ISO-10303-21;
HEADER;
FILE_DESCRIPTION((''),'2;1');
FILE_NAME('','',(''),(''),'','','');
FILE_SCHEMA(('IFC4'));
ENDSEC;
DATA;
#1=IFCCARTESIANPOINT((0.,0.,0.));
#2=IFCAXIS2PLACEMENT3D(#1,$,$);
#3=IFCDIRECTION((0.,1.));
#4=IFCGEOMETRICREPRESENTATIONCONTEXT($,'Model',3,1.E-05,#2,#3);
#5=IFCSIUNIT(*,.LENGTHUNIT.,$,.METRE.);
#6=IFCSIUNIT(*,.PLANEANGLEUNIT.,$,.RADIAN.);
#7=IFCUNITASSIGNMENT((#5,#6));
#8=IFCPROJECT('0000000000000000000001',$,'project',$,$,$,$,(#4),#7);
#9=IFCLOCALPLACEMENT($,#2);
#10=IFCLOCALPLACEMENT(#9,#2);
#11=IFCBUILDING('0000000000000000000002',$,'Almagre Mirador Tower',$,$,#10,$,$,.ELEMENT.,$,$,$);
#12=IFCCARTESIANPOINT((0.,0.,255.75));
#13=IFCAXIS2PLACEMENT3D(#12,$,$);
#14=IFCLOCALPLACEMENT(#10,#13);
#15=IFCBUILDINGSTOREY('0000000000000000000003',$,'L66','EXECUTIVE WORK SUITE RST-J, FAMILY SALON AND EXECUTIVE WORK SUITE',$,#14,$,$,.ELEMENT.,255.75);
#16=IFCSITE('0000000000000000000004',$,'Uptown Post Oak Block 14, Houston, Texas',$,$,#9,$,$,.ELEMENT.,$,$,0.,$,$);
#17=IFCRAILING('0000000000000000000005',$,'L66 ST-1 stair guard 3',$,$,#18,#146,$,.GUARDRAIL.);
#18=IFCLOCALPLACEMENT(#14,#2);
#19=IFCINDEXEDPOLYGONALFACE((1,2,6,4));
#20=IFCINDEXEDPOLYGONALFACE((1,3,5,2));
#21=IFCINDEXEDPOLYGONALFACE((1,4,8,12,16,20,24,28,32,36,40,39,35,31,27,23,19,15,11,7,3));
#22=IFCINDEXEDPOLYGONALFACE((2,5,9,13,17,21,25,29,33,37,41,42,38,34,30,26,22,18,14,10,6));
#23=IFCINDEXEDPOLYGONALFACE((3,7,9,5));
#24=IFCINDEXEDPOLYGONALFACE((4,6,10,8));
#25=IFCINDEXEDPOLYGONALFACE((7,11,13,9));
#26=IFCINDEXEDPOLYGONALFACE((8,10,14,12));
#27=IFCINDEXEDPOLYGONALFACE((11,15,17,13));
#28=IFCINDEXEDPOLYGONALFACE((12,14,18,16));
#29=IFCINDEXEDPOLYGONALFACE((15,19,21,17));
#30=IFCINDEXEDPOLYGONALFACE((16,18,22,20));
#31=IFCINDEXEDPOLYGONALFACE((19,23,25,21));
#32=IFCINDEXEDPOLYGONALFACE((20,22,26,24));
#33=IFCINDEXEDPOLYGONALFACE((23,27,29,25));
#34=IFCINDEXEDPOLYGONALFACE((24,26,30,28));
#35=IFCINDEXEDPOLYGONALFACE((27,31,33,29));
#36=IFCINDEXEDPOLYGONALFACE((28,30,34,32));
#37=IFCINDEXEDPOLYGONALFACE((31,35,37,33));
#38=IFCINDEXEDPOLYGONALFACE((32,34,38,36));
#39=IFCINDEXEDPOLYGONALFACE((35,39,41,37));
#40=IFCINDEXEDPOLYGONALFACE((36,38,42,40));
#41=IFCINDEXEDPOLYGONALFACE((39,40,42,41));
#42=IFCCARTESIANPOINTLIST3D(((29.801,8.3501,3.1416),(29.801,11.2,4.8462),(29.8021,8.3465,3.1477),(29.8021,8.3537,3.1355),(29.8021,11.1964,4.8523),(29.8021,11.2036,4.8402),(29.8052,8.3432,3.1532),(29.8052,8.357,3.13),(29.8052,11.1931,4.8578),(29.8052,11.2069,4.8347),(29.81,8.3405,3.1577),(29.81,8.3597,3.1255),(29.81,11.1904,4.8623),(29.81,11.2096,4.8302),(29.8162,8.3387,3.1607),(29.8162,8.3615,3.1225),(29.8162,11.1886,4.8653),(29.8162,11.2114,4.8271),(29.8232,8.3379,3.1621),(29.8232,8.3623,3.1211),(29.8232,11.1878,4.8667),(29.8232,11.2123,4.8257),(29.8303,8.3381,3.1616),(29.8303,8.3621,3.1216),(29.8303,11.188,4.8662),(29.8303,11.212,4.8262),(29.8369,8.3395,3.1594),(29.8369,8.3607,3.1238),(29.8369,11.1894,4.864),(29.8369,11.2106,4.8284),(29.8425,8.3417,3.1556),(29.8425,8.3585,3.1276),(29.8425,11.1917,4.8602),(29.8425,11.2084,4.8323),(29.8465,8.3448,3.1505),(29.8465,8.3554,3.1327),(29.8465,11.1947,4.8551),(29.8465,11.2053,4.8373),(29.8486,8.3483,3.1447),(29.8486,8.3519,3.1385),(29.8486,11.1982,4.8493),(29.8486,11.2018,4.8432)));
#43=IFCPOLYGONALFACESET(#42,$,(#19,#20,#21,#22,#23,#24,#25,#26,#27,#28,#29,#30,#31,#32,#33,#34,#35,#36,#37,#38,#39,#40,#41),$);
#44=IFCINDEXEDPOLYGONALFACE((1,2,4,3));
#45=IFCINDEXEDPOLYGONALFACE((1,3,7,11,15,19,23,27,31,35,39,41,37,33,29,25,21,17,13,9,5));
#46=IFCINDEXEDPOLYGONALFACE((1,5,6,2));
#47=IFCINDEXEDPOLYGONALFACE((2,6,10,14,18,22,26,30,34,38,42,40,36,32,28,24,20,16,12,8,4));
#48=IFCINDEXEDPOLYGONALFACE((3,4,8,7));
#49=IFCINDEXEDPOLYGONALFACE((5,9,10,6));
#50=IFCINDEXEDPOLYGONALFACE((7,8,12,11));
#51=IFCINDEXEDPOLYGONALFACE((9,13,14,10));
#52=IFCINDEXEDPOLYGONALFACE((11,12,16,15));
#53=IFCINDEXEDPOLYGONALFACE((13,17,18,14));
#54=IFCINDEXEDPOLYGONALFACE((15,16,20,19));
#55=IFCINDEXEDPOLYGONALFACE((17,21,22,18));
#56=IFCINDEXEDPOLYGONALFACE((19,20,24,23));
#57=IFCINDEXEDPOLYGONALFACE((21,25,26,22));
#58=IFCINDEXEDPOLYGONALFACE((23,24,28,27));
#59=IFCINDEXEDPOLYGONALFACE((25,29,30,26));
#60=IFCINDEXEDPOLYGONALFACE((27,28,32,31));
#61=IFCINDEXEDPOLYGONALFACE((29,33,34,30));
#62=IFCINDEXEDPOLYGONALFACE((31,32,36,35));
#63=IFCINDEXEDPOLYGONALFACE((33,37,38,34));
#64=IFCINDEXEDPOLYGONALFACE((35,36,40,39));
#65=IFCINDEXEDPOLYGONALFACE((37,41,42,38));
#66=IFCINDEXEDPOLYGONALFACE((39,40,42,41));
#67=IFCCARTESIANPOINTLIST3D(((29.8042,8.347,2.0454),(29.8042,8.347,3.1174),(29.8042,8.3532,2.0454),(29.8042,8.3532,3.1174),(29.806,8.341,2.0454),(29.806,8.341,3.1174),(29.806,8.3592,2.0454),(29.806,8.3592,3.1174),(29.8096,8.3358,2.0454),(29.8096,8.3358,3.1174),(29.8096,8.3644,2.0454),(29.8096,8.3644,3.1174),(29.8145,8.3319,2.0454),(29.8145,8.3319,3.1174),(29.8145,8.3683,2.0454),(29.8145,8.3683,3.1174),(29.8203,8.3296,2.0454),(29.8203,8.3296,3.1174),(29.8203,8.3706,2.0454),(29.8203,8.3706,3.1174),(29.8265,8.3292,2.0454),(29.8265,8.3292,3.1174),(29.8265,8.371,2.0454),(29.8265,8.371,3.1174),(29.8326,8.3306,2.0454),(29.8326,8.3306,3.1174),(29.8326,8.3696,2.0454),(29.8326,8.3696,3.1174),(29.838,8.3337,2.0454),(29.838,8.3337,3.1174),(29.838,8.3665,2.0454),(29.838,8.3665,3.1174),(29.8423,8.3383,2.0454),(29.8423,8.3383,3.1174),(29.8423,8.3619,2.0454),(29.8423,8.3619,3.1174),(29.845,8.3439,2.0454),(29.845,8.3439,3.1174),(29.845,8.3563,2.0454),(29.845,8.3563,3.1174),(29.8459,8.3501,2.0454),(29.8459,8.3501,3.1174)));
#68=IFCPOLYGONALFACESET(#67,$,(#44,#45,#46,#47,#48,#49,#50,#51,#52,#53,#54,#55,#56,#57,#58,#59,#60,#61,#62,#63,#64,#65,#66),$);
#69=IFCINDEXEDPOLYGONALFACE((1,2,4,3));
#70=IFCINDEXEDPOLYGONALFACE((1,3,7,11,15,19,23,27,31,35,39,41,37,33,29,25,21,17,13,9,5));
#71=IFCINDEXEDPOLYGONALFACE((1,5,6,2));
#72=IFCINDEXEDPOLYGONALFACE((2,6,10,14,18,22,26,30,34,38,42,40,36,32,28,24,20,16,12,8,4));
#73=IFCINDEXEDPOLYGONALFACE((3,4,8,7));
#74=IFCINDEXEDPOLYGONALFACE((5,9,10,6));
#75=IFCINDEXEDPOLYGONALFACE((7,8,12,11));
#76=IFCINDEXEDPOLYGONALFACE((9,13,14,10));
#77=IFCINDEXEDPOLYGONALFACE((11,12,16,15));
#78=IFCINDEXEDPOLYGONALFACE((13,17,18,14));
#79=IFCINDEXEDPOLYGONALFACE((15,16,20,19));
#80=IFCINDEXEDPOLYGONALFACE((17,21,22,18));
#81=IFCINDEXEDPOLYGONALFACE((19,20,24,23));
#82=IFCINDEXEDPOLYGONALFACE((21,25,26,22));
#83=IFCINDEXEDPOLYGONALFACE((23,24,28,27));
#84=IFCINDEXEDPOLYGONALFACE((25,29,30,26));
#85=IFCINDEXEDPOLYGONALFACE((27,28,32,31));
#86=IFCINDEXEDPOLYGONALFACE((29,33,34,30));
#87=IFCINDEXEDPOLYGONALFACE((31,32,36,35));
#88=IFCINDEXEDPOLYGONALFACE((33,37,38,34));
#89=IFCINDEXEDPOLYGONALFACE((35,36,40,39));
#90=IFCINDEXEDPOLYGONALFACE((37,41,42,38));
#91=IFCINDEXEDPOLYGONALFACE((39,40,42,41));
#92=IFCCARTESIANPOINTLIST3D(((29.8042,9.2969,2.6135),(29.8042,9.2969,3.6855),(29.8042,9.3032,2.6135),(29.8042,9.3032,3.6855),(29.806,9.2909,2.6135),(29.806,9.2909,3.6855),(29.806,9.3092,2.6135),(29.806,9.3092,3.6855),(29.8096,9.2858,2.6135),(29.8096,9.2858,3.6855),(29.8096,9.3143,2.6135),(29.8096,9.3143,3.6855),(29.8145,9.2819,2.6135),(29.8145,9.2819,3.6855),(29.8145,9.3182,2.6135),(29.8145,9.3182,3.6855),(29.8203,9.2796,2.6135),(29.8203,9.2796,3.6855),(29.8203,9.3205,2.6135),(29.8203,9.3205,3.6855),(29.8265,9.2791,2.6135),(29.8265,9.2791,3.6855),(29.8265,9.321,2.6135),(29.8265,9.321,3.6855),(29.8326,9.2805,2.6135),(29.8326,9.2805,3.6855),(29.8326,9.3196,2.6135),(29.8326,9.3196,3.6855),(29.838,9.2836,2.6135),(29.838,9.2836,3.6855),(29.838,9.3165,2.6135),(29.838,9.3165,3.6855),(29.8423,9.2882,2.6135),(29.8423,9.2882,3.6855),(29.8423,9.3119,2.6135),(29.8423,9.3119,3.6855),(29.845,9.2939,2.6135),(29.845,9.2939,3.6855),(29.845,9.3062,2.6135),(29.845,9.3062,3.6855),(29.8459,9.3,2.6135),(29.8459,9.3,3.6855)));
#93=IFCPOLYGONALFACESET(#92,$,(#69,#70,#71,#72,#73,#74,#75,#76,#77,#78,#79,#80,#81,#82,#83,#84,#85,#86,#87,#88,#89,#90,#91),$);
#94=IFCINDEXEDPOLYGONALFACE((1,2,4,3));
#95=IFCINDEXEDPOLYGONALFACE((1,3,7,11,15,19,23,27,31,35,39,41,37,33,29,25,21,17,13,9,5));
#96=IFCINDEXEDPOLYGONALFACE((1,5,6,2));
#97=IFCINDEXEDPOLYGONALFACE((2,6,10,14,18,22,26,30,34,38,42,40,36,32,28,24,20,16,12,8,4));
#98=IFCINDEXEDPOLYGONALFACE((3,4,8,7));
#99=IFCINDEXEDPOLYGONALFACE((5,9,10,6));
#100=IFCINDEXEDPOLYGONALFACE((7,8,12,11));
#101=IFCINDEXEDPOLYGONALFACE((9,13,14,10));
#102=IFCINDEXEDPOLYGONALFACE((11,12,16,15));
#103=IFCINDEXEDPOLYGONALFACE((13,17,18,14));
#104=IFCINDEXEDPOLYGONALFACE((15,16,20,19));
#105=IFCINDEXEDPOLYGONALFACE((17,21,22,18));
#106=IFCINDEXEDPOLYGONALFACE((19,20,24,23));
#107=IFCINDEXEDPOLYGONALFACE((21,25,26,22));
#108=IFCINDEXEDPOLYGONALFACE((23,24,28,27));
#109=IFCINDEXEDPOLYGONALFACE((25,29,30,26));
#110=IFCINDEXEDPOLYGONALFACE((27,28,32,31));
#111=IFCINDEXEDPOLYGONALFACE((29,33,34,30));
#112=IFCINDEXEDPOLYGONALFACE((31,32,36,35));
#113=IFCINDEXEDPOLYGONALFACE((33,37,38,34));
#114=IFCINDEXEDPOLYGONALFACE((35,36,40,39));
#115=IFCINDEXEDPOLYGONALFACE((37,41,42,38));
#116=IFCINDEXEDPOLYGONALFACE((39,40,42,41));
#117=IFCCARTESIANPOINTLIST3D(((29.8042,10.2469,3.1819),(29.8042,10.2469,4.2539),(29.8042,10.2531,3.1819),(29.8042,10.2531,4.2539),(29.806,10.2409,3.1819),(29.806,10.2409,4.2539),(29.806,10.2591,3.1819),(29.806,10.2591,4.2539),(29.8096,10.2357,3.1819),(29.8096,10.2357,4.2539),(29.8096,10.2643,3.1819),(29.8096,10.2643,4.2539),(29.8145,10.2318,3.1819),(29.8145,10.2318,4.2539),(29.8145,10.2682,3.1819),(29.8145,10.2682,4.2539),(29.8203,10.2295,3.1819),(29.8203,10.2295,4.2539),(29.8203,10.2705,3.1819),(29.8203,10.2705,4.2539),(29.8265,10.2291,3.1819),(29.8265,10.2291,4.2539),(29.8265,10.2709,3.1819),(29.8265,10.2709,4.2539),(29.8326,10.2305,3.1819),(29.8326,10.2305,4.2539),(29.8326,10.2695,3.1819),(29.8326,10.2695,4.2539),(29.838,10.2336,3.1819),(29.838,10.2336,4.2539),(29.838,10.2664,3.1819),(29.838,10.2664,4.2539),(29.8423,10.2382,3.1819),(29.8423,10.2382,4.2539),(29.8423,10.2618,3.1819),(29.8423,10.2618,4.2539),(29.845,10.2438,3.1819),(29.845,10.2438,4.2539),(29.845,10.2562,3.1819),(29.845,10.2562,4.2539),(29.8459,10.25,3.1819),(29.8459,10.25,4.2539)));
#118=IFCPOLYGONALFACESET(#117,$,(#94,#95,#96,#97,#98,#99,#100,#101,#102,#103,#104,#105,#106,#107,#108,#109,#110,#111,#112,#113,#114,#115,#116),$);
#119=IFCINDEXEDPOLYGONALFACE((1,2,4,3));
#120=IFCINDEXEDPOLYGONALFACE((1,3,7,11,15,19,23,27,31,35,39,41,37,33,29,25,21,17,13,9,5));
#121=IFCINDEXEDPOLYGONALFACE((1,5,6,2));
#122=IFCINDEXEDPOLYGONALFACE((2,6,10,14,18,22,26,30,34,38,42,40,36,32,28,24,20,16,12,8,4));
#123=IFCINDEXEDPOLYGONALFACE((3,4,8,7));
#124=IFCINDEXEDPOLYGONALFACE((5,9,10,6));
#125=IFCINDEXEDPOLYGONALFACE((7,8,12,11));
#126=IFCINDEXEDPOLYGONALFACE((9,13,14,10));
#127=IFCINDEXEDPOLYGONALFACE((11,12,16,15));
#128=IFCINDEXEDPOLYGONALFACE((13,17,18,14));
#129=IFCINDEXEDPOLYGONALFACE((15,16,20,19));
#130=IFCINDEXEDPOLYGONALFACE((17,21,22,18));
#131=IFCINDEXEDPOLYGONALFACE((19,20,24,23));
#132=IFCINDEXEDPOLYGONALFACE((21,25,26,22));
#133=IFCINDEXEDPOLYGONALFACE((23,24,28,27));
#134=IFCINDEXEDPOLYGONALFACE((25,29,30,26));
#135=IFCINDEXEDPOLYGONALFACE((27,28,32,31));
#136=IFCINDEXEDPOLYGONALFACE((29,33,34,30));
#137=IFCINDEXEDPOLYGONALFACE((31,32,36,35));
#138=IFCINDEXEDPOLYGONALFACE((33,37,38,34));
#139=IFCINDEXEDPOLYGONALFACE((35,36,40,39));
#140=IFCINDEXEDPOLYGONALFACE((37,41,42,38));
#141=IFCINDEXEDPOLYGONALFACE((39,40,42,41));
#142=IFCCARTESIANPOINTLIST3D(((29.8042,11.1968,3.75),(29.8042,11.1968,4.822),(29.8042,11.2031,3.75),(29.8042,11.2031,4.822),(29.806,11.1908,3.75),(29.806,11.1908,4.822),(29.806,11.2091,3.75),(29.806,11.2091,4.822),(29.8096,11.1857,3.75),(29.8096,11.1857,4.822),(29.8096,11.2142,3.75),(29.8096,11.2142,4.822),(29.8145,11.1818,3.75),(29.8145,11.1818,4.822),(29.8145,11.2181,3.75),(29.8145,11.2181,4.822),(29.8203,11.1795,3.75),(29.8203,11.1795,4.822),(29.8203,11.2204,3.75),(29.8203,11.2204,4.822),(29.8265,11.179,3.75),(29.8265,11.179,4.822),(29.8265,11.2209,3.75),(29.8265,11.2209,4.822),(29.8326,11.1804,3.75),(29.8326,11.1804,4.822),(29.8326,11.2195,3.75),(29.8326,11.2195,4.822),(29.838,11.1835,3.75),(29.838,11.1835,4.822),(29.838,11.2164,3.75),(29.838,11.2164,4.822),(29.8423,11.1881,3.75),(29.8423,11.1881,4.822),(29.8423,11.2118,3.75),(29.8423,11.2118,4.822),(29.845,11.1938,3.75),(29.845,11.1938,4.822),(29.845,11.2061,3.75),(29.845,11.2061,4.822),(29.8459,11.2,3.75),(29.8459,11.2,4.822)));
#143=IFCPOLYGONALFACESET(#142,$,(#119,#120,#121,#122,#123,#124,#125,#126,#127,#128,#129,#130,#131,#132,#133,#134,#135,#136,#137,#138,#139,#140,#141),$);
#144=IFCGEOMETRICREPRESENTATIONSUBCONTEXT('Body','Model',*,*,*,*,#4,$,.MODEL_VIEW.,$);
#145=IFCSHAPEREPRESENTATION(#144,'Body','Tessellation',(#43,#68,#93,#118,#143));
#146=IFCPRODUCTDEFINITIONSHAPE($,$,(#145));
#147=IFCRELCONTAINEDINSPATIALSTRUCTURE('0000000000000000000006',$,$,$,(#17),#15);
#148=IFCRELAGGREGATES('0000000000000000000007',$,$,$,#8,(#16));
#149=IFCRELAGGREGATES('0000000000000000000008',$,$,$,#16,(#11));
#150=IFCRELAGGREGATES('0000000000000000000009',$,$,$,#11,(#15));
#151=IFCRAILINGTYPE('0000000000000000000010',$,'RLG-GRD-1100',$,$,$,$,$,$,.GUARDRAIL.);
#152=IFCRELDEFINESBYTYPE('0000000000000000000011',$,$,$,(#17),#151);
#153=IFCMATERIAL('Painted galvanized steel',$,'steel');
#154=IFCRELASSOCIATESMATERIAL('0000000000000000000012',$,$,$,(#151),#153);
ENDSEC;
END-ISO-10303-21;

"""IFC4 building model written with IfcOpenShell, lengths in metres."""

from ifc_helpers import new_model, si_unit, direction, frame, origin, origin_2d, place, context, subcontext, project, spatial, circle, extrude, material, type_object, element, save


model = new_model("IFC4")

# Units and contexts
model_context = context("Model", 3, precision=1e-05, world=origin(), true_north=direction((0.0, 1.0)))
body_context = subcontext(model_context, "Body", "Model", "MODEL_VIEW")
ifc_project = project(units=[si_unit("LENGTHUNIT", "METRE"), si_unit("PLANEANGLEUNIT", "RADIAN")], contexts=[model_context])

# Site, building, storey
site_placement = place(None, origin())
site = spatial("IfcSite", under=ifc_project, at=site_placement, Name="Uptown Post Oak Block 14, Houston, Texas", CompositionType="ELEMENT", RefElevation=0.0)
building_placement = place(site_placement, origin())
building = spatial("IfcBuilding", under=site, at=building_placement, Name="Almagre Mirador Tower", CompositionType="ELEMENT")
storey_placement = place(building_placement, frame((0.0, 0.0, 255.75)))
storey = spatial("IfcBuildingStorey", under=building, at=storey_placement, Name="L66", Description="EXECUTIVE WORK SUITE RST-J, FAMILY SALON AND EXECUTIVE WORK SUITE", CompositionType="ELEMENT", Elevation=255.75)

# Railing
ifc_material_1 = material(Name="Painted galvanized steel", Category="steel")
railing_type_1 = type_object("IfcRailingType", Name="RLG-GRD-1100", PredefinedType="GUARDRAIL", material=ifc_material_1)
railing_1_placement = place(storey_placement, frame((29.825, 8.3501, 2.0454)))
element("IfcRailing", 1, at=railing_1_placement, inside=storey, type_object=railing_type_1, Name="L66 ST-1 stair guard 3", PredefinedType="GUARDRAIL", context=body_context, shape_type="SweptSolid", body=[
    extrude(circle(Radius=0.0239, at=origin_2d()), frame((0.0, 0.0, 1.0962), z_axis=(0.0, 0.858199, 0.513317), x_axis=(-1.0, 0.0, 0.0)), (0.0, 0.0, 1.0), 3.3208),
    extrude(circle(Radius=0.021, at=origin_2d()), origin(), (0.0, 0.0, 1.0), 1.072),
    extrude(circle(Radius=0.021, at=origin_2d()), frame((0.0, 0.95, 0.5681)), (0.0, 0.0, 1.0), 1.072),
    extrude(circle(Radius=0.021, at=origin_2d()), frame((0.0, 1.8999, 1.1365)), (0.0, 0.0, 1.0), 1.072),
    extrude(circle(Radius=0.021, at=origin_2d()), frame((0.0, 2.8499, 1.7046)), (0.0, 0.0, 1.0), 1.072),
])

save(model, "model.ifc")
